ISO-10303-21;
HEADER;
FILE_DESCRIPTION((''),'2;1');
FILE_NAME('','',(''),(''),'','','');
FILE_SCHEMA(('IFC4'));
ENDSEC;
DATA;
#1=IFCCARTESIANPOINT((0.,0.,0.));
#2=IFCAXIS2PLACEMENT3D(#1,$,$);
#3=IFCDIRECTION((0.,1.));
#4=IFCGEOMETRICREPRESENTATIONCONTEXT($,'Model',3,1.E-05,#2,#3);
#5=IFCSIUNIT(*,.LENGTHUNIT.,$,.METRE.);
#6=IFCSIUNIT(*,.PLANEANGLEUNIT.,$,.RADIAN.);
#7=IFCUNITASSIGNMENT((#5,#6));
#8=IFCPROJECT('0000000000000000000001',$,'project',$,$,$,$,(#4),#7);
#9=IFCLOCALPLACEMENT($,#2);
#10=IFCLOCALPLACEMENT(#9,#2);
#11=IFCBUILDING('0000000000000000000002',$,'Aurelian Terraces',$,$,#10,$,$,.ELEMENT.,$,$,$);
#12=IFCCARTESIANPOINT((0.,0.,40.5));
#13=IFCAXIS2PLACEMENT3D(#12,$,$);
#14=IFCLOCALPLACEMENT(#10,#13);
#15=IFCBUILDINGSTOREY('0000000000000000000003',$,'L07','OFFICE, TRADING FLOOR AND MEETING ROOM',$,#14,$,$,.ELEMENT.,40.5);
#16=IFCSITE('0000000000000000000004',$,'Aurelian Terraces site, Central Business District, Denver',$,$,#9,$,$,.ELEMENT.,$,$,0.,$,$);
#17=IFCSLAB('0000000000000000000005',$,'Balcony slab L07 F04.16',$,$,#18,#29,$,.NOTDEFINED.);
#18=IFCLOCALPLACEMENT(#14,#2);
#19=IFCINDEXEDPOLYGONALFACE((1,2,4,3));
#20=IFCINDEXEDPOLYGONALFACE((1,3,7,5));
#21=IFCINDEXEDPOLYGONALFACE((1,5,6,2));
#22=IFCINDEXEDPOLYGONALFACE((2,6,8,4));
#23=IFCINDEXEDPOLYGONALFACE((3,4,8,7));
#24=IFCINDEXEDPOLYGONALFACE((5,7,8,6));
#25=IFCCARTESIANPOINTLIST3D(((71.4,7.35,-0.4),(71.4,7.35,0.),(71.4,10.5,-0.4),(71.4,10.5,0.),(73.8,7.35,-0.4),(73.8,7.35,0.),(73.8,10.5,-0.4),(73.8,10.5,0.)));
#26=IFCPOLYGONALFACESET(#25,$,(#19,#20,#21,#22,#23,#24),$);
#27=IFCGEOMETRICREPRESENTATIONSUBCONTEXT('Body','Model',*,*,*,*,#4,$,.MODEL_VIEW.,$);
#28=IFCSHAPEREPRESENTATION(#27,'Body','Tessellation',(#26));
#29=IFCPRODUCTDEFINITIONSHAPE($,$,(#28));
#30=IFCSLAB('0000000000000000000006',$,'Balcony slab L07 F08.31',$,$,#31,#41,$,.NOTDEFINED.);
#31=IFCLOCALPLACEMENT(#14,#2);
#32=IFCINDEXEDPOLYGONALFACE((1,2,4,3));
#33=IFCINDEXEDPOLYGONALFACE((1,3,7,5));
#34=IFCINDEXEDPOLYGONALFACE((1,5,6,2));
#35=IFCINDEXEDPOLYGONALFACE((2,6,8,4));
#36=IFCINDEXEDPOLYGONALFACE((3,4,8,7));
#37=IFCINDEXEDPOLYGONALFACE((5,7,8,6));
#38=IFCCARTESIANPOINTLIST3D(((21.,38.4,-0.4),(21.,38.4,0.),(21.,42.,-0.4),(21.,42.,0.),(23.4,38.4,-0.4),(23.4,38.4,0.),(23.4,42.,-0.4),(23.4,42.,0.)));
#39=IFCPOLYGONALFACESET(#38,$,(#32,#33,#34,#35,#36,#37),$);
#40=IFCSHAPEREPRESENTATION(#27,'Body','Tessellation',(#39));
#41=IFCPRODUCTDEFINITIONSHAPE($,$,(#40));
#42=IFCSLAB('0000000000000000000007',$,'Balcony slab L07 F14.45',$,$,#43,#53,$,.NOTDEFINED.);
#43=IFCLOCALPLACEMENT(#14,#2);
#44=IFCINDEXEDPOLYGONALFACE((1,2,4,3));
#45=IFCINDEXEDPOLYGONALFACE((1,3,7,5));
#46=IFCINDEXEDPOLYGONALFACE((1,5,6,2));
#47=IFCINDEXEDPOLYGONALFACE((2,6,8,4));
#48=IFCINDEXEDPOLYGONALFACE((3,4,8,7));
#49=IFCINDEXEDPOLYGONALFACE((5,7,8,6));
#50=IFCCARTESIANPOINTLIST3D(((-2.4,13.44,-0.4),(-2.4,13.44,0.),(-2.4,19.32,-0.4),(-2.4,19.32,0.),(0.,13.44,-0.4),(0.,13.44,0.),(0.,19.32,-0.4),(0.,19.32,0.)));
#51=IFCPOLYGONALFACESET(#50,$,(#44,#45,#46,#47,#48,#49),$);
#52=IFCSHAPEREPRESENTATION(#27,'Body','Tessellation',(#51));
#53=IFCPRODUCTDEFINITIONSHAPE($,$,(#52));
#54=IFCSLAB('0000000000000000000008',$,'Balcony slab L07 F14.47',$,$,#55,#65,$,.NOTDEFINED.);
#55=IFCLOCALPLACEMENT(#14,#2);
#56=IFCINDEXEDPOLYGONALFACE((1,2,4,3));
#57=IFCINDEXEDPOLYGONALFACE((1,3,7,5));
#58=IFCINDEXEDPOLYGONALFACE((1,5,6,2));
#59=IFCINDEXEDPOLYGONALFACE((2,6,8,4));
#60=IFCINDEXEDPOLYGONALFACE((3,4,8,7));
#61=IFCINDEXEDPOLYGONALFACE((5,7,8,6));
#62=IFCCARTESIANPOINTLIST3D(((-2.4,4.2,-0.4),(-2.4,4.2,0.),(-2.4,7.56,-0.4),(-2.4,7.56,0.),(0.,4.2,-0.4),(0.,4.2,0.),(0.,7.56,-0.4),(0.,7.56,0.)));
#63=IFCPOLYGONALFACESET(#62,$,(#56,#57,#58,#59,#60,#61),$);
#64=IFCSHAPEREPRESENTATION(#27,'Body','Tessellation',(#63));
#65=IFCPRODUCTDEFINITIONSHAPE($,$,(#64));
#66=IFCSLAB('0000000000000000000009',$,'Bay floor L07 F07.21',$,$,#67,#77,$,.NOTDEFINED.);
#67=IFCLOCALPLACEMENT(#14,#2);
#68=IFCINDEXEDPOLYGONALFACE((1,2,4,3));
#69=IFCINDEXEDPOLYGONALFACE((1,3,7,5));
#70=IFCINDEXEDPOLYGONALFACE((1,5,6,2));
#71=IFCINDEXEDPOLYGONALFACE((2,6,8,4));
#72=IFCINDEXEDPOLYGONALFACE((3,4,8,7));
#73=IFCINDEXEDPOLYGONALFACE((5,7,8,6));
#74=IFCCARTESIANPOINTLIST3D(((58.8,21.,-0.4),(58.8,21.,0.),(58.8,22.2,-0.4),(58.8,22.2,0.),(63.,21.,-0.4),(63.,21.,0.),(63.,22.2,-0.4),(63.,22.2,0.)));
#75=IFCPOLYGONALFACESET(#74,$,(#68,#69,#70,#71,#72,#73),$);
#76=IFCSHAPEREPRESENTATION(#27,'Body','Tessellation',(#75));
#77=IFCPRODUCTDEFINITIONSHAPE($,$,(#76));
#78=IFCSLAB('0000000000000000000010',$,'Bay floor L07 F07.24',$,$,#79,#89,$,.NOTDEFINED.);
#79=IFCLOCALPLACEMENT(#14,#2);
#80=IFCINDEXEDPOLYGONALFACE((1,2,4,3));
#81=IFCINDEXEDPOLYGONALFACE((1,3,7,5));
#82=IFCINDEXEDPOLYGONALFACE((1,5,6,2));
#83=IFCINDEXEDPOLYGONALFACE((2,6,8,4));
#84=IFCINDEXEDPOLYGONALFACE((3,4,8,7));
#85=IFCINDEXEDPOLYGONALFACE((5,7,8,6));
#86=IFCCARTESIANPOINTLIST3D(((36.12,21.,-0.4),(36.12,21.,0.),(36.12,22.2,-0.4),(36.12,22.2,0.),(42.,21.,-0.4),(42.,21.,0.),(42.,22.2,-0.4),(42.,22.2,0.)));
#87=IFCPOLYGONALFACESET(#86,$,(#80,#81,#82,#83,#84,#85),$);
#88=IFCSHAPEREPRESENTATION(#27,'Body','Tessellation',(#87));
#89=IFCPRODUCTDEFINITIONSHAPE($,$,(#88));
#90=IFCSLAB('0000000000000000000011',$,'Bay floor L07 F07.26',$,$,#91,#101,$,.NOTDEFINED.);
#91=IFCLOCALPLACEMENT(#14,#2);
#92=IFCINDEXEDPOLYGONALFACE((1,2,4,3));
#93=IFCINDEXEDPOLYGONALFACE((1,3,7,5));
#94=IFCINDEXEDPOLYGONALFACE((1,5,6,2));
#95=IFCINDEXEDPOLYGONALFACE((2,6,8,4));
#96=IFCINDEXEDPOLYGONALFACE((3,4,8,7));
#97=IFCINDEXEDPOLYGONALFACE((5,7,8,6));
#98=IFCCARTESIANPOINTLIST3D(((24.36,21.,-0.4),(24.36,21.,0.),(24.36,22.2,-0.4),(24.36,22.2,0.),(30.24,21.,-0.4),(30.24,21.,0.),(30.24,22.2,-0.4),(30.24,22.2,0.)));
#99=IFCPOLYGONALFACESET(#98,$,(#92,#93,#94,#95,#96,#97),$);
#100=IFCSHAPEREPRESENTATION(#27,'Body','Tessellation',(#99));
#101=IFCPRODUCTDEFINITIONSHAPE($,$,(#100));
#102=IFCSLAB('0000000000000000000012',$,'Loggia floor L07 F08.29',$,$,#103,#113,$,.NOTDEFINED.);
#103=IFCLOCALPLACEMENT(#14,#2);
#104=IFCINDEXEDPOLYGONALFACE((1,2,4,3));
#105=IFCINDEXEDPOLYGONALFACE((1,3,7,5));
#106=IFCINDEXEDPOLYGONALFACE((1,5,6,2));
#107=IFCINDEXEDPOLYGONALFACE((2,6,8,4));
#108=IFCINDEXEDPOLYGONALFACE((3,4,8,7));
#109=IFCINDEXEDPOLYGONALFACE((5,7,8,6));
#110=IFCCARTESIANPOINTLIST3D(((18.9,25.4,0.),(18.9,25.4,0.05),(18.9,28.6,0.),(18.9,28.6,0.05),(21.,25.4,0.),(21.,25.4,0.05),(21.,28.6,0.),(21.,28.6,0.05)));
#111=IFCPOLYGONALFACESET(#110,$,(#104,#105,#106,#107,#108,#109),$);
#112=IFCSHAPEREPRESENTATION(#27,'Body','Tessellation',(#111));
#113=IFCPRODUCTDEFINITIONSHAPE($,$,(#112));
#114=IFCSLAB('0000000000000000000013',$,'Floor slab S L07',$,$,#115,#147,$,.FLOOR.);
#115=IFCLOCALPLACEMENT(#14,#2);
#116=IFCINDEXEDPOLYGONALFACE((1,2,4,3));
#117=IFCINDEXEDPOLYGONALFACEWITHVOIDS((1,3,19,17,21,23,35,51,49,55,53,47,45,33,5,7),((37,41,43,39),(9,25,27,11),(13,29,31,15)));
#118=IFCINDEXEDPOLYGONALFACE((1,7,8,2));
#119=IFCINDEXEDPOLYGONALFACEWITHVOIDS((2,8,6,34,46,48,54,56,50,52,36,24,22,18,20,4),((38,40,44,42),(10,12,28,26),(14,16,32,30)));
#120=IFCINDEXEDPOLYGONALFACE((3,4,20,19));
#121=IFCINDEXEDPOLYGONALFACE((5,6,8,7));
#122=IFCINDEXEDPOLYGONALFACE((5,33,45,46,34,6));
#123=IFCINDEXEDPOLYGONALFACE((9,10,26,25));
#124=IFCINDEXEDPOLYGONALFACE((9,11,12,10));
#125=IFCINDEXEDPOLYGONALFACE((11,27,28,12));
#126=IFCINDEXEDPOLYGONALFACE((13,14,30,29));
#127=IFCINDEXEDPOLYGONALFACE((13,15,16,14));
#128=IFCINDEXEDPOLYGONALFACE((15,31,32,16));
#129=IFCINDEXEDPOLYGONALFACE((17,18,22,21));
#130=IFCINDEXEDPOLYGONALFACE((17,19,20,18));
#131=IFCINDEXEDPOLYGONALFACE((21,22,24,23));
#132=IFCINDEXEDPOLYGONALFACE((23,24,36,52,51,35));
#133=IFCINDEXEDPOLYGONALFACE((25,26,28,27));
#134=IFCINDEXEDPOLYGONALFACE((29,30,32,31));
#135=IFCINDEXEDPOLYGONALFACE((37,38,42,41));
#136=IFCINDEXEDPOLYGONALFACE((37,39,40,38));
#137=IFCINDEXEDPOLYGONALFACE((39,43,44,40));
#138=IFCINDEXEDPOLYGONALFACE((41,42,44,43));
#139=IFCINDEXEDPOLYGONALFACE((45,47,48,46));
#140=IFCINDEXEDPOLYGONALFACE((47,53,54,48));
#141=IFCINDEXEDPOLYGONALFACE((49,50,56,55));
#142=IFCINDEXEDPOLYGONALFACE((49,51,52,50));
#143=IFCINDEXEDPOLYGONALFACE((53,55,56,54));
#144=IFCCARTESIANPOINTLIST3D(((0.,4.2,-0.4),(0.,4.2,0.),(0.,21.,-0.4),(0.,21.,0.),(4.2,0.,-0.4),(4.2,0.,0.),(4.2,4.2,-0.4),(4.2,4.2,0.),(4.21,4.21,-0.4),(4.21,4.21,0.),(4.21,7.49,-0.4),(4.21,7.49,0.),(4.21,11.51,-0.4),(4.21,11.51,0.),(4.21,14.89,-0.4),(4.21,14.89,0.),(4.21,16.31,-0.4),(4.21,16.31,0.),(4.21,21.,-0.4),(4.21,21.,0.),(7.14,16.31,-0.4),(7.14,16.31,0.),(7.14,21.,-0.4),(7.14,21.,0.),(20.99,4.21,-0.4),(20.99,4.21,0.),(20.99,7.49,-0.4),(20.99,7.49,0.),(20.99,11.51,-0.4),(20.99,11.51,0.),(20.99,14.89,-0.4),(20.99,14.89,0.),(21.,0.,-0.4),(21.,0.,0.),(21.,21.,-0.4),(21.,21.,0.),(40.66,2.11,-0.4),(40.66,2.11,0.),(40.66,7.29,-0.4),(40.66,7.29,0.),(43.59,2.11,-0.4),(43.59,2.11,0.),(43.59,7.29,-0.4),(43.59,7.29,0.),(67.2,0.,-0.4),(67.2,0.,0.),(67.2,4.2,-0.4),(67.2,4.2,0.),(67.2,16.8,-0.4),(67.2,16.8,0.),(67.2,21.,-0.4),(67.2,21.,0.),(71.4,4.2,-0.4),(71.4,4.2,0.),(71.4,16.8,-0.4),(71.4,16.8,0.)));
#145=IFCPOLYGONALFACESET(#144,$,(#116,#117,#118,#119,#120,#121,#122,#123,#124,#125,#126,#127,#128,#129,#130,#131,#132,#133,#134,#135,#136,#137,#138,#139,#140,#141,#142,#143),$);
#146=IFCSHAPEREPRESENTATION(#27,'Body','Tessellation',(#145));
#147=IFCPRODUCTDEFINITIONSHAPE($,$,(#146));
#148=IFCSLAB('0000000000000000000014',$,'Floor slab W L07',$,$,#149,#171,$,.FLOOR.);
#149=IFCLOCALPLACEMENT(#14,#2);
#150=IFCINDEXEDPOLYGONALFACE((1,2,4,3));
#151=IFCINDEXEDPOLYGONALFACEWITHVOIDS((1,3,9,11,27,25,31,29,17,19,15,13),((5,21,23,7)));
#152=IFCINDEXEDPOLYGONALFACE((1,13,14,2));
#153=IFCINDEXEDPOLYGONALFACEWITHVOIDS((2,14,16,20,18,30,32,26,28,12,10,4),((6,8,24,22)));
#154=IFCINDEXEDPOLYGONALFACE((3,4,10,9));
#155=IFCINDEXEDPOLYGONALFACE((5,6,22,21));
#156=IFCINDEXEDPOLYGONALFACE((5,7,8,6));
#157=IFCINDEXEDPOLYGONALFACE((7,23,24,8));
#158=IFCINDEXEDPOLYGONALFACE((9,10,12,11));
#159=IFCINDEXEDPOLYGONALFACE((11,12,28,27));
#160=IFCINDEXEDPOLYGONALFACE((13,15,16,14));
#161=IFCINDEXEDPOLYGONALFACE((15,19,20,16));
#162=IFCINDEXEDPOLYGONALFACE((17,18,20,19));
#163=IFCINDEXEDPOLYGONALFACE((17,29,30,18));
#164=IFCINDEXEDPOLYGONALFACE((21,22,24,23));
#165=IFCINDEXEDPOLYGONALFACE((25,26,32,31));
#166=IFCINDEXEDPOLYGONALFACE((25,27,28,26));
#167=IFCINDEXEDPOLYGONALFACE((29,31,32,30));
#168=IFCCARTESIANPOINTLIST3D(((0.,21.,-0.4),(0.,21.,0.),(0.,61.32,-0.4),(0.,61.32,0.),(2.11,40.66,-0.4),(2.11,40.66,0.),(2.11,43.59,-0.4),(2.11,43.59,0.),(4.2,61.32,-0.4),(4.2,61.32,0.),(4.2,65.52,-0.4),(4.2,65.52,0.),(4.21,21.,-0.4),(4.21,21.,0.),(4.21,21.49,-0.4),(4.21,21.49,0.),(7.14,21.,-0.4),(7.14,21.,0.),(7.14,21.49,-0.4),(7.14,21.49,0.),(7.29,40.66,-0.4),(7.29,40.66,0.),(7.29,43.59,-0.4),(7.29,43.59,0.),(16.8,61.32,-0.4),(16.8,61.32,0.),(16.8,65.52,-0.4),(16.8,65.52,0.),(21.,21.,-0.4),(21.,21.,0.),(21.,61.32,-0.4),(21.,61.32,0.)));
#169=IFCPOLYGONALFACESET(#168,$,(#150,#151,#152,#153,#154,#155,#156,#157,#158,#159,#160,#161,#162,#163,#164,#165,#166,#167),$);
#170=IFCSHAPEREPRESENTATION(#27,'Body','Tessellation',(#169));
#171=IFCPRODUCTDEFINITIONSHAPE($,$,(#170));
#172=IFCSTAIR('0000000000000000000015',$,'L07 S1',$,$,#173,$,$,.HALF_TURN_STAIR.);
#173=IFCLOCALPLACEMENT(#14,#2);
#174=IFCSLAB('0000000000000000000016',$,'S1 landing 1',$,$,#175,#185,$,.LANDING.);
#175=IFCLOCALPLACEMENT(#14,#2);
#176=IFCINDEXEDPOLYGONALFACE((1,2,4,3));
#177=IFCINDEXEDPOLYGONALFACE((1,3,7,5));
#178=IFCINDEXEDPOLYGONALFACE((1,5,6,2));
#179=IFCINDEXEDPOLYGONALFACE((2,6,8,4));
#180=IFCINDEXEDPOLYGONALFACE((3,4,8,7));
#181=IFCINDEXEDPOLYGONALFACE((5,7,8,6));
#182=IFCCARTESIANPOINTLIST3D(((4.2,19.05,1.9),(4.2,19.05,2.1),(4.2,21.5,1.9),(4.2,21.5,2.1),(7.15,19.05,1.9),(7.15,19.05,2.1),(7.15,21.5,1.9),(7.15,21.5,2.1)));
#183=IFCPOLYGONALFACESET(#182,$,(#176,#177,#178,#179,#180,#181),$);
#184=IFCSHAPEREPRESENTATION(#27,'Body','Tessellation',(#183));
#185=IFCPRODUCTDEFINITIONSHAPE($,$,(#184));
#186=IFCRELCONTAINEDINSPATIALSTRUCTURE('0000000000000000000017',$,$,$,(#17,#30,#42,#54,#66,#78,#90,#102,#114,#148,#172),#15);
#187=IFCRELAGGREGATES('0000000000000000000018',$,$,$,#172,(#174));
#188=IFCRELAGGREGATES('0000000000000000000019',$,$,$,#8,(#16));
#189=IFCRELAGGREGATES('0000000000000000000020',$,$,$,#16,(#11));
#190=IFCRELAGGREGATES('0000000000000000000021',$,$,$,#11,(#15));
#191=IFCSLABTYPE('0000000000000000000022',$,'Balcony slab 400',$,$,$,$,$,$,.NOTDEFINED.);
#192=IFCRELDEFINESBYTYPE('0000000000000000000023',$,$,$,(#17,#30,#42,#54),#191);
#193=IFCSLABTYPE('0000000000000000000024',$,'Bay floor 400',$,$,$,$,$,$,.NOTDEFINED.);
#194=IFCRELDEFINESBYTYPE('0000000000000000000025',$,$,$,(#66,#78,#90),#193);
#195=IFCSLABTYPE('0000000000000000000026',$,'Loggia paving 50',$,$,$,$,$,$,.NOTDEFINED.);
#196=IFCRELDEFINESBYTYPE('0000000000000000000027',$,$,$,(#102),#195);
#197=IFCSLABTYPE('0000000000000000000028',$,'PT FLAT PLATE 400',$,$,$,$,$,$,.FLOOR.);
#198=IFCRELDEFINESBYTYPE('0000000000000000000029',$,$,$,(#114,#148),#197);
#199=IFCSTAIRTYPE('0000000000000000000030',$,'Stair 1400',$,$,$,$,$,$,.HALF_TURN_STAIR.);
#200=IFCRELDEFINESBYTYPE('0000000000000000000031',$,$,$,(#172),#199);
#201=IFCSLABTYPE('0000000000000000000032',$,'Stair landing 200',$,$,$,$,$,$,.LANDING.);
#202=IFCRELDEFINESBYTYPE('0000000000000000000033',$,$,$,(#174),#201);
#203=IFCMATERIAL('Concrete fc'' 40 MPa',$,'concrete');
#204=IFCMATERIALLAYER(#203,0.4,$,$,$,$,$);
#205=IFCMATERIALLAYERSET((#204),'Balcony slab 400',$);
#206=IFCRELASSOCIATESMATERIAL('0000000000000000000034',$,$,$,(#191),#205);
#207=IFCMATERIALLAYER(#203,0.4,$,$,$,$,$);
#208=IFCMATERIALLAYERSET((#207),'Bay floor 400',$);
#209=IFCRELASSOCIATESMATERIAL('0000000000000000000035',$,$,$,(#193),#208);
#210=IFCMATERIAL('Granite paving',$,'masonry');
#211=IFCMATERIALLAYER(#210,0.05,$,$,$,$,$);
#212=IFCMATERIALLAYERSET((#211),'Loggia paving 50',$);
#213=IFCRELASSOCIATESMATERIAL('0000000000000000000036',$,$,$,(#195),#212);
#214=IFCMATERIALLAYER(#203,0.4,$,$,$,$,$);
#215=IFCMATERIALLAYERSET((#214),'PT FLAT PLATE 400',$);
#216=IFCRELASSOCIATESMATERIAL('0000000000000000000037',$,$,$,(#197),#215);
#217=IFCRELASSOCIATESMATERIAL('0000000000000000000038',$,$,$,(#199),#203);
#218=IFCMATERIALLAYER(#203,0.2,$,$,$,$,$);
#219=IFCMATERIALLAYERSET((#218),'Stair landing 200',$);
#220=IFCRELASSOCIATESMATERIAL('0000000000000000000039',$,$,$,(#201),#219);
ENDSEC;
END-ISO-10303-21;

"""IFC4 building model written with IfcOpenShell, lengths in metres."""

from ifc_helpers import new_model, si_unit, direction, frame, origin, place, context, subcontext, project, spatial, polyline, outline, extrude, source, transform, mapped, material, layer, layer_set, type_object, element, aggregate, save


model = new_model("IFC4")

# Units and contexts
model_context = context("Model", 3, precision=1e-05, world=origin(), true_north=direction((0.0, 1.0)))
body_context = subcontext(model_context, "Body", "Model", "MODEL_VIEW")
ifc_project = project(units=[si_unit("LENGTHUNIT", "METRE"), si_unit("PLANEANGLEUNIT", "RADIAN")], contexts=[model_context])

# Site, building, storey
site_placement = place(None, origin())
site = spatial("IfcSite", under=ifc_project, at=site_placement, Name="Aurelian Terraces site, Central Business District, Denver", CompositionType="ELEMENT", RefElevation=0.0)
building_placement = place(site_placement, origin())
building = spatial("IfcBuilding", under=site, at=building_placement, Name="Aurelian Terraces", CompositionType="ELEMENT")
storey_placement = place(building_placement, frame((0.0, 0.0, 40.5)))
storey = spatial("IfcBuildingStorey", under=building, at=storey_placement, Name="L07", Description="OFFICE, TRADING FLOOR AND MEETING ROOM", CompositionType="ELEMENT", Elevation=40.5)

# Slabs
ifc_material_1 = material(Name="Concrete fc' 40 MPa", Category="concrete")
ifc_layer_1 = layer(ifc_material_1, 0.4)
ifc_layer_set_1 = layer_set([ifc_layer_1], Name="Balcony slab 400")
slab_type_1 = type_object("IfcSlabType", Name="Balcony slab 400", PredefinedType="NOTDEFINED", material=ifc_layer_set_1)
slab_1_placement = place(storey_placement, frame((0.0, 0.0, -0.4)))
element("IfcSlab", 1, at=slab_1_placement, inside=storey, type_object=slab_type_1, Name="Balcony slab L07 F04.16", PredefinedType="NOTDEFINED", context=body_context, shape_type="SweptSolid", body=[
    extrude(outline(polyline([(71.4, 7.35), (71.4, 10.5), (73.8, 10.5), (73.8, 7.35), (71.4, 7.35)])), origin(), (0.0, 0.0, 1.0), 0.4),
])
slab_2_placement = place(storey_placement, frame((0.0, 0.0, -0.4)))
element("IfcSlab", 2, at=slab_2_placement, inside=storey, type_object=slab_type_1, Name="Balcony slab L07 F08.31", PredefinedType="NOTDEFINED", context=body_context, shape_type="SweptSolid", body=[
    extrude(outline(polyline([(21.0, 38.4), (21.0, 42.0), (23.4, 42.0), (23.4, 38.4), (21.0, 38.4)])), origin(), (0.0, 0.0, 1.0), 0.4),
])
slab_3_placement = place(storey_placement, frame((0.0, 0.0, -0.4)))
element("IfcSlab", 3, at=slab_3_placement, inside=storey, type_object=slab_type_1, Name="Balcony slab L07 F14.45", PredefinedType="NOTDEFINED", context=body_context, shape_type="SweptSolid", body=[
    extrude(outline(polyline([(0.0, 19.32), (0.0, 13.44), (-2.4, 13.44), (-2.4, 19.32), (0.0, 19.32)])), origin(), (0.0, 0.0, 1.0), 0.4),
])
slab_4_placement = place(storey_placement, frame((0.0, 0.0, -0.4)))
element("IfcSlab", 4, at=slab_4_placement, inside=storey, type_object=slab_type_1, Name="Balcony slab L07 F14.47", PredefinedType="NOTDEFINED", context=body_context, shape_type="SweptSolid", body=[
    extrude(outline(polyline([(0.0, 7.56), (0.0, 4.2), (-2.4, 4.2), (-2.4, 7.56), (0.0, 7.56)])), origin(), (0.0, 0.0, 1.0), 0.4),
])
ifc_layer_2 = layer(ifc_material_1, 0.4)
ifc_layer_set_2 = layer_set([ifc_layer_2], Name="Bay floor 400")
slab_type_2 = type_object("IfcSlabType", Name="Bay floor 400", PredefinedType="NOTDEFINED", material=ifc_layer_set_2)
slab_5_placement = place(storey_placement, frame((0.0, 0.0, -0.4)))
element("IfcSlab", 5, at=slab_5_placement, inside=storey, type_object=slab_type_2, Name="Bay floor L07 F07.21", PredefinedType="NOTDEFINED", context=body_context, shape_type="SweptSolid", body=[
    extrude(outline(polyline([(63.0, 21.0), (58.8, 21.0), (58.8, 22.2), (63.0, 22.2), (63.0, 21.0)])), origin(), (0.0, 0.0, 1.0), 0.4),
])
slab_6_placement = place(storey_placement, frame((0.0, 0.0, -0.4)))
element("IfcSlab", 6, at=slab_6_placement, inside=storey, type_object=slab_type_2, Name="Bay floor L07 F07.24", PredefinedType="NOTDEFINED", context=body_context, shape_type="SweptSolid", body=[
    extrude(outline(polyline([(42.0, 21.0), (36.12, 21.0), (36.12, 22.2), (42.0, 22.2), (42.0, 21.0)])), origin(), (0.0, 0.0, 1.0), 0.4),
])
slab_7_placement = place(storey_placement, frame((0.0, 0.0, -0.4)))
element("IfcSlab", 7, at=slab_7_placement, inside=storey, type_object=slab_type_2, Name="Bay floor L07 F07.26", PredefinedType="NOTDEFINED", context=body_context, shape_type="SweptSolid", body=[
    extrude(outline(polyline([(30.24, 21.0), (24.36, 21.0), (24.36, 22.2), (30.24, 22.2), (30.24, 21.0)])), origin(), (0.0, 0.0, 1.0), 0.4),
])
ifc_material_2 = material(Name="Granite paving", Category="masonry")
ifc_layer_3 = layer(ifc_material_2, 0.05)
ifc_layer_set_3 = layer_set([ifc_layer_3], Name="Loggia paving 50")
slab_type_3 = type_object("IfcSlabType", Name="Loggia paving 50", PredefinedType="NOTDEFINED", material=ifc_layer_set_3)
slab_8_placement = place(storey_placement, origin())
element("IfcSlab", 8, at=slab_8_placement, inside=storey, type_object=slab_type_3, Name="Loggia floor L07 F08.29", PredefinedType="NOTDEFINED", context=body_context, shape_type="SweptSolid", body=[
    extrude(outline(polyline([(21.0, 25.4), (21.0, 28.6), (18.9, 28.6), (18.9, 25.4), (21.0, 25.4)])), origin(), (0.0, 0.0, 1.0), 0.05),
])
ifc_layer_4 = layer(ifc_material_1, 0.4)
ifc_layer_set_4 = layer_set([ifc_layer_4], Name="PT FLAT PLATE 400")
slab_type_4 = type_object("IfcSlabType", Name="PT FLAT PLATE 400", PredefinedType="FLOOR", material=ifc_layer_set_4)
slab_9_placement = place(storey_placement, frame((0.0, 0.0, -0.4)))
element("IfcSlab", 9, at=slab_9_placement, inside=storey, type_object=slab_type_4, Name="Floor slab S L07", PredefinedType="FLOOR", context=body_context, shape_type="SweptSolid", body=[
    extrude(outline(polyline([(67.2, 16.8), (71.4, 16.8), (71.4, 4.2), (67.2, 4.2), (67.2, 0.0), (21.0, 0.0), (4.2, 0.0), (4.2, 4.2), (0.0, 4.2), (0.0, 21.0), (4.21, 21.0), (4.21, 16.31), (7.14, 16.31), (7.14, 21.0), (21.0, 21.0), (67.2, 21.0), (67.2, 16.8)]), holes=[polyline([(40.66, 2.11), (43.59, 2.11), (43.59, 7.29), (40.66, 7.29), (40.66, 2.11)]), polyline([(4.21, 7.49), (4.21, 4.21), (20.99, 4.21), (20.99, 7.49), (4.21, 7.49)]), polyline([(4.21, 14.89), (4.21, 11.51), (20.99, 11.51), (20.99, 14.89), (4.21, 14.89)])]), origin(), (0.0, 0.0, 1.0), 0.4),
])
slab_10_placement = place(storey_placement, frame((0.0, 0.0, -0.4)))
element("IfcSlab", 10, at=slab_10_placement, inside=storey, type_object=slab_type_4, Name="Floor slab W L07", PredefinedType="FLOOR", context=body_context, shape_type="SweptSolid", body=[
    extrude(outline(polyline([(7.14, 21.0), (7.14, 21.49), (4.21, 21.49), (4.21, 21.0), (0.0, 21.0), (0.0, 61.32), (4.2, 61.32), (4.2, 65.52), (16.8, 65.52), (16.8, 61.32), (21.0, 61.32), (21.0, 21.0), (7.14, 21.0)]), holes=[polyline([(7.29, 43.59), (2.11, 43.59), (2.11, 40.66), (7.29, 40.66), (7.29, 43.59)])]), origin(), (0.0, 0.0, 1.0), 0.4),
])

# Stair, slab
stair_type = type_object("IfcStairType", Name="Stair 1400", PredefinedType="HALF_TURN_STAIR", material=ifc_material_1)
stair_1_placement = place(storey_placement, origin())
stair_1 = element("IfcStair", 11, at=stair_1_placement, inside=storey, type_object=stair_type, Name="L07 S1", PredefinedType="HALF_TURN_STAIR")
ifc_layer_5 = layer(ifc_material_1, 0.2)
ifc_layer_set_5 = layer_set([ifc_layer_5], Name="Stair landing 200")
slab_type_5 = type_object("IfcSlabType", Name="Stair landing 200", PredefinedType="LANDING", material=ifc_layer_set_5)
shared_shape_1 = source(origin(), body_context, "Body", "SweptSolid", [
    extrude(outline(polyline([(7.15, 19.05), (7.15, 21.5), (4.2, 21.5), (4.2, 19.05), (7.15, 19.05)])), origin(), (0.0, 0.0, 1.0), 0.2),
])
slab_11_placement = place(storey_placement, frame((0.0, 0.0, 1.9)))
slab_11 = element("IfcSlab", 12, at=slab_11_placement, type_object=slab_type_5, Name="S1 landing 1", PredefinedType="LANDING", context=body_context, shape_type="MappedRepresentation", body=[
    mapped(shared_shape_1, transform((0.0, 0.0, 0.0), scale=1.0)),
])
aggregate(stair_1, [slab_11])

save(model, "model.ifc")
